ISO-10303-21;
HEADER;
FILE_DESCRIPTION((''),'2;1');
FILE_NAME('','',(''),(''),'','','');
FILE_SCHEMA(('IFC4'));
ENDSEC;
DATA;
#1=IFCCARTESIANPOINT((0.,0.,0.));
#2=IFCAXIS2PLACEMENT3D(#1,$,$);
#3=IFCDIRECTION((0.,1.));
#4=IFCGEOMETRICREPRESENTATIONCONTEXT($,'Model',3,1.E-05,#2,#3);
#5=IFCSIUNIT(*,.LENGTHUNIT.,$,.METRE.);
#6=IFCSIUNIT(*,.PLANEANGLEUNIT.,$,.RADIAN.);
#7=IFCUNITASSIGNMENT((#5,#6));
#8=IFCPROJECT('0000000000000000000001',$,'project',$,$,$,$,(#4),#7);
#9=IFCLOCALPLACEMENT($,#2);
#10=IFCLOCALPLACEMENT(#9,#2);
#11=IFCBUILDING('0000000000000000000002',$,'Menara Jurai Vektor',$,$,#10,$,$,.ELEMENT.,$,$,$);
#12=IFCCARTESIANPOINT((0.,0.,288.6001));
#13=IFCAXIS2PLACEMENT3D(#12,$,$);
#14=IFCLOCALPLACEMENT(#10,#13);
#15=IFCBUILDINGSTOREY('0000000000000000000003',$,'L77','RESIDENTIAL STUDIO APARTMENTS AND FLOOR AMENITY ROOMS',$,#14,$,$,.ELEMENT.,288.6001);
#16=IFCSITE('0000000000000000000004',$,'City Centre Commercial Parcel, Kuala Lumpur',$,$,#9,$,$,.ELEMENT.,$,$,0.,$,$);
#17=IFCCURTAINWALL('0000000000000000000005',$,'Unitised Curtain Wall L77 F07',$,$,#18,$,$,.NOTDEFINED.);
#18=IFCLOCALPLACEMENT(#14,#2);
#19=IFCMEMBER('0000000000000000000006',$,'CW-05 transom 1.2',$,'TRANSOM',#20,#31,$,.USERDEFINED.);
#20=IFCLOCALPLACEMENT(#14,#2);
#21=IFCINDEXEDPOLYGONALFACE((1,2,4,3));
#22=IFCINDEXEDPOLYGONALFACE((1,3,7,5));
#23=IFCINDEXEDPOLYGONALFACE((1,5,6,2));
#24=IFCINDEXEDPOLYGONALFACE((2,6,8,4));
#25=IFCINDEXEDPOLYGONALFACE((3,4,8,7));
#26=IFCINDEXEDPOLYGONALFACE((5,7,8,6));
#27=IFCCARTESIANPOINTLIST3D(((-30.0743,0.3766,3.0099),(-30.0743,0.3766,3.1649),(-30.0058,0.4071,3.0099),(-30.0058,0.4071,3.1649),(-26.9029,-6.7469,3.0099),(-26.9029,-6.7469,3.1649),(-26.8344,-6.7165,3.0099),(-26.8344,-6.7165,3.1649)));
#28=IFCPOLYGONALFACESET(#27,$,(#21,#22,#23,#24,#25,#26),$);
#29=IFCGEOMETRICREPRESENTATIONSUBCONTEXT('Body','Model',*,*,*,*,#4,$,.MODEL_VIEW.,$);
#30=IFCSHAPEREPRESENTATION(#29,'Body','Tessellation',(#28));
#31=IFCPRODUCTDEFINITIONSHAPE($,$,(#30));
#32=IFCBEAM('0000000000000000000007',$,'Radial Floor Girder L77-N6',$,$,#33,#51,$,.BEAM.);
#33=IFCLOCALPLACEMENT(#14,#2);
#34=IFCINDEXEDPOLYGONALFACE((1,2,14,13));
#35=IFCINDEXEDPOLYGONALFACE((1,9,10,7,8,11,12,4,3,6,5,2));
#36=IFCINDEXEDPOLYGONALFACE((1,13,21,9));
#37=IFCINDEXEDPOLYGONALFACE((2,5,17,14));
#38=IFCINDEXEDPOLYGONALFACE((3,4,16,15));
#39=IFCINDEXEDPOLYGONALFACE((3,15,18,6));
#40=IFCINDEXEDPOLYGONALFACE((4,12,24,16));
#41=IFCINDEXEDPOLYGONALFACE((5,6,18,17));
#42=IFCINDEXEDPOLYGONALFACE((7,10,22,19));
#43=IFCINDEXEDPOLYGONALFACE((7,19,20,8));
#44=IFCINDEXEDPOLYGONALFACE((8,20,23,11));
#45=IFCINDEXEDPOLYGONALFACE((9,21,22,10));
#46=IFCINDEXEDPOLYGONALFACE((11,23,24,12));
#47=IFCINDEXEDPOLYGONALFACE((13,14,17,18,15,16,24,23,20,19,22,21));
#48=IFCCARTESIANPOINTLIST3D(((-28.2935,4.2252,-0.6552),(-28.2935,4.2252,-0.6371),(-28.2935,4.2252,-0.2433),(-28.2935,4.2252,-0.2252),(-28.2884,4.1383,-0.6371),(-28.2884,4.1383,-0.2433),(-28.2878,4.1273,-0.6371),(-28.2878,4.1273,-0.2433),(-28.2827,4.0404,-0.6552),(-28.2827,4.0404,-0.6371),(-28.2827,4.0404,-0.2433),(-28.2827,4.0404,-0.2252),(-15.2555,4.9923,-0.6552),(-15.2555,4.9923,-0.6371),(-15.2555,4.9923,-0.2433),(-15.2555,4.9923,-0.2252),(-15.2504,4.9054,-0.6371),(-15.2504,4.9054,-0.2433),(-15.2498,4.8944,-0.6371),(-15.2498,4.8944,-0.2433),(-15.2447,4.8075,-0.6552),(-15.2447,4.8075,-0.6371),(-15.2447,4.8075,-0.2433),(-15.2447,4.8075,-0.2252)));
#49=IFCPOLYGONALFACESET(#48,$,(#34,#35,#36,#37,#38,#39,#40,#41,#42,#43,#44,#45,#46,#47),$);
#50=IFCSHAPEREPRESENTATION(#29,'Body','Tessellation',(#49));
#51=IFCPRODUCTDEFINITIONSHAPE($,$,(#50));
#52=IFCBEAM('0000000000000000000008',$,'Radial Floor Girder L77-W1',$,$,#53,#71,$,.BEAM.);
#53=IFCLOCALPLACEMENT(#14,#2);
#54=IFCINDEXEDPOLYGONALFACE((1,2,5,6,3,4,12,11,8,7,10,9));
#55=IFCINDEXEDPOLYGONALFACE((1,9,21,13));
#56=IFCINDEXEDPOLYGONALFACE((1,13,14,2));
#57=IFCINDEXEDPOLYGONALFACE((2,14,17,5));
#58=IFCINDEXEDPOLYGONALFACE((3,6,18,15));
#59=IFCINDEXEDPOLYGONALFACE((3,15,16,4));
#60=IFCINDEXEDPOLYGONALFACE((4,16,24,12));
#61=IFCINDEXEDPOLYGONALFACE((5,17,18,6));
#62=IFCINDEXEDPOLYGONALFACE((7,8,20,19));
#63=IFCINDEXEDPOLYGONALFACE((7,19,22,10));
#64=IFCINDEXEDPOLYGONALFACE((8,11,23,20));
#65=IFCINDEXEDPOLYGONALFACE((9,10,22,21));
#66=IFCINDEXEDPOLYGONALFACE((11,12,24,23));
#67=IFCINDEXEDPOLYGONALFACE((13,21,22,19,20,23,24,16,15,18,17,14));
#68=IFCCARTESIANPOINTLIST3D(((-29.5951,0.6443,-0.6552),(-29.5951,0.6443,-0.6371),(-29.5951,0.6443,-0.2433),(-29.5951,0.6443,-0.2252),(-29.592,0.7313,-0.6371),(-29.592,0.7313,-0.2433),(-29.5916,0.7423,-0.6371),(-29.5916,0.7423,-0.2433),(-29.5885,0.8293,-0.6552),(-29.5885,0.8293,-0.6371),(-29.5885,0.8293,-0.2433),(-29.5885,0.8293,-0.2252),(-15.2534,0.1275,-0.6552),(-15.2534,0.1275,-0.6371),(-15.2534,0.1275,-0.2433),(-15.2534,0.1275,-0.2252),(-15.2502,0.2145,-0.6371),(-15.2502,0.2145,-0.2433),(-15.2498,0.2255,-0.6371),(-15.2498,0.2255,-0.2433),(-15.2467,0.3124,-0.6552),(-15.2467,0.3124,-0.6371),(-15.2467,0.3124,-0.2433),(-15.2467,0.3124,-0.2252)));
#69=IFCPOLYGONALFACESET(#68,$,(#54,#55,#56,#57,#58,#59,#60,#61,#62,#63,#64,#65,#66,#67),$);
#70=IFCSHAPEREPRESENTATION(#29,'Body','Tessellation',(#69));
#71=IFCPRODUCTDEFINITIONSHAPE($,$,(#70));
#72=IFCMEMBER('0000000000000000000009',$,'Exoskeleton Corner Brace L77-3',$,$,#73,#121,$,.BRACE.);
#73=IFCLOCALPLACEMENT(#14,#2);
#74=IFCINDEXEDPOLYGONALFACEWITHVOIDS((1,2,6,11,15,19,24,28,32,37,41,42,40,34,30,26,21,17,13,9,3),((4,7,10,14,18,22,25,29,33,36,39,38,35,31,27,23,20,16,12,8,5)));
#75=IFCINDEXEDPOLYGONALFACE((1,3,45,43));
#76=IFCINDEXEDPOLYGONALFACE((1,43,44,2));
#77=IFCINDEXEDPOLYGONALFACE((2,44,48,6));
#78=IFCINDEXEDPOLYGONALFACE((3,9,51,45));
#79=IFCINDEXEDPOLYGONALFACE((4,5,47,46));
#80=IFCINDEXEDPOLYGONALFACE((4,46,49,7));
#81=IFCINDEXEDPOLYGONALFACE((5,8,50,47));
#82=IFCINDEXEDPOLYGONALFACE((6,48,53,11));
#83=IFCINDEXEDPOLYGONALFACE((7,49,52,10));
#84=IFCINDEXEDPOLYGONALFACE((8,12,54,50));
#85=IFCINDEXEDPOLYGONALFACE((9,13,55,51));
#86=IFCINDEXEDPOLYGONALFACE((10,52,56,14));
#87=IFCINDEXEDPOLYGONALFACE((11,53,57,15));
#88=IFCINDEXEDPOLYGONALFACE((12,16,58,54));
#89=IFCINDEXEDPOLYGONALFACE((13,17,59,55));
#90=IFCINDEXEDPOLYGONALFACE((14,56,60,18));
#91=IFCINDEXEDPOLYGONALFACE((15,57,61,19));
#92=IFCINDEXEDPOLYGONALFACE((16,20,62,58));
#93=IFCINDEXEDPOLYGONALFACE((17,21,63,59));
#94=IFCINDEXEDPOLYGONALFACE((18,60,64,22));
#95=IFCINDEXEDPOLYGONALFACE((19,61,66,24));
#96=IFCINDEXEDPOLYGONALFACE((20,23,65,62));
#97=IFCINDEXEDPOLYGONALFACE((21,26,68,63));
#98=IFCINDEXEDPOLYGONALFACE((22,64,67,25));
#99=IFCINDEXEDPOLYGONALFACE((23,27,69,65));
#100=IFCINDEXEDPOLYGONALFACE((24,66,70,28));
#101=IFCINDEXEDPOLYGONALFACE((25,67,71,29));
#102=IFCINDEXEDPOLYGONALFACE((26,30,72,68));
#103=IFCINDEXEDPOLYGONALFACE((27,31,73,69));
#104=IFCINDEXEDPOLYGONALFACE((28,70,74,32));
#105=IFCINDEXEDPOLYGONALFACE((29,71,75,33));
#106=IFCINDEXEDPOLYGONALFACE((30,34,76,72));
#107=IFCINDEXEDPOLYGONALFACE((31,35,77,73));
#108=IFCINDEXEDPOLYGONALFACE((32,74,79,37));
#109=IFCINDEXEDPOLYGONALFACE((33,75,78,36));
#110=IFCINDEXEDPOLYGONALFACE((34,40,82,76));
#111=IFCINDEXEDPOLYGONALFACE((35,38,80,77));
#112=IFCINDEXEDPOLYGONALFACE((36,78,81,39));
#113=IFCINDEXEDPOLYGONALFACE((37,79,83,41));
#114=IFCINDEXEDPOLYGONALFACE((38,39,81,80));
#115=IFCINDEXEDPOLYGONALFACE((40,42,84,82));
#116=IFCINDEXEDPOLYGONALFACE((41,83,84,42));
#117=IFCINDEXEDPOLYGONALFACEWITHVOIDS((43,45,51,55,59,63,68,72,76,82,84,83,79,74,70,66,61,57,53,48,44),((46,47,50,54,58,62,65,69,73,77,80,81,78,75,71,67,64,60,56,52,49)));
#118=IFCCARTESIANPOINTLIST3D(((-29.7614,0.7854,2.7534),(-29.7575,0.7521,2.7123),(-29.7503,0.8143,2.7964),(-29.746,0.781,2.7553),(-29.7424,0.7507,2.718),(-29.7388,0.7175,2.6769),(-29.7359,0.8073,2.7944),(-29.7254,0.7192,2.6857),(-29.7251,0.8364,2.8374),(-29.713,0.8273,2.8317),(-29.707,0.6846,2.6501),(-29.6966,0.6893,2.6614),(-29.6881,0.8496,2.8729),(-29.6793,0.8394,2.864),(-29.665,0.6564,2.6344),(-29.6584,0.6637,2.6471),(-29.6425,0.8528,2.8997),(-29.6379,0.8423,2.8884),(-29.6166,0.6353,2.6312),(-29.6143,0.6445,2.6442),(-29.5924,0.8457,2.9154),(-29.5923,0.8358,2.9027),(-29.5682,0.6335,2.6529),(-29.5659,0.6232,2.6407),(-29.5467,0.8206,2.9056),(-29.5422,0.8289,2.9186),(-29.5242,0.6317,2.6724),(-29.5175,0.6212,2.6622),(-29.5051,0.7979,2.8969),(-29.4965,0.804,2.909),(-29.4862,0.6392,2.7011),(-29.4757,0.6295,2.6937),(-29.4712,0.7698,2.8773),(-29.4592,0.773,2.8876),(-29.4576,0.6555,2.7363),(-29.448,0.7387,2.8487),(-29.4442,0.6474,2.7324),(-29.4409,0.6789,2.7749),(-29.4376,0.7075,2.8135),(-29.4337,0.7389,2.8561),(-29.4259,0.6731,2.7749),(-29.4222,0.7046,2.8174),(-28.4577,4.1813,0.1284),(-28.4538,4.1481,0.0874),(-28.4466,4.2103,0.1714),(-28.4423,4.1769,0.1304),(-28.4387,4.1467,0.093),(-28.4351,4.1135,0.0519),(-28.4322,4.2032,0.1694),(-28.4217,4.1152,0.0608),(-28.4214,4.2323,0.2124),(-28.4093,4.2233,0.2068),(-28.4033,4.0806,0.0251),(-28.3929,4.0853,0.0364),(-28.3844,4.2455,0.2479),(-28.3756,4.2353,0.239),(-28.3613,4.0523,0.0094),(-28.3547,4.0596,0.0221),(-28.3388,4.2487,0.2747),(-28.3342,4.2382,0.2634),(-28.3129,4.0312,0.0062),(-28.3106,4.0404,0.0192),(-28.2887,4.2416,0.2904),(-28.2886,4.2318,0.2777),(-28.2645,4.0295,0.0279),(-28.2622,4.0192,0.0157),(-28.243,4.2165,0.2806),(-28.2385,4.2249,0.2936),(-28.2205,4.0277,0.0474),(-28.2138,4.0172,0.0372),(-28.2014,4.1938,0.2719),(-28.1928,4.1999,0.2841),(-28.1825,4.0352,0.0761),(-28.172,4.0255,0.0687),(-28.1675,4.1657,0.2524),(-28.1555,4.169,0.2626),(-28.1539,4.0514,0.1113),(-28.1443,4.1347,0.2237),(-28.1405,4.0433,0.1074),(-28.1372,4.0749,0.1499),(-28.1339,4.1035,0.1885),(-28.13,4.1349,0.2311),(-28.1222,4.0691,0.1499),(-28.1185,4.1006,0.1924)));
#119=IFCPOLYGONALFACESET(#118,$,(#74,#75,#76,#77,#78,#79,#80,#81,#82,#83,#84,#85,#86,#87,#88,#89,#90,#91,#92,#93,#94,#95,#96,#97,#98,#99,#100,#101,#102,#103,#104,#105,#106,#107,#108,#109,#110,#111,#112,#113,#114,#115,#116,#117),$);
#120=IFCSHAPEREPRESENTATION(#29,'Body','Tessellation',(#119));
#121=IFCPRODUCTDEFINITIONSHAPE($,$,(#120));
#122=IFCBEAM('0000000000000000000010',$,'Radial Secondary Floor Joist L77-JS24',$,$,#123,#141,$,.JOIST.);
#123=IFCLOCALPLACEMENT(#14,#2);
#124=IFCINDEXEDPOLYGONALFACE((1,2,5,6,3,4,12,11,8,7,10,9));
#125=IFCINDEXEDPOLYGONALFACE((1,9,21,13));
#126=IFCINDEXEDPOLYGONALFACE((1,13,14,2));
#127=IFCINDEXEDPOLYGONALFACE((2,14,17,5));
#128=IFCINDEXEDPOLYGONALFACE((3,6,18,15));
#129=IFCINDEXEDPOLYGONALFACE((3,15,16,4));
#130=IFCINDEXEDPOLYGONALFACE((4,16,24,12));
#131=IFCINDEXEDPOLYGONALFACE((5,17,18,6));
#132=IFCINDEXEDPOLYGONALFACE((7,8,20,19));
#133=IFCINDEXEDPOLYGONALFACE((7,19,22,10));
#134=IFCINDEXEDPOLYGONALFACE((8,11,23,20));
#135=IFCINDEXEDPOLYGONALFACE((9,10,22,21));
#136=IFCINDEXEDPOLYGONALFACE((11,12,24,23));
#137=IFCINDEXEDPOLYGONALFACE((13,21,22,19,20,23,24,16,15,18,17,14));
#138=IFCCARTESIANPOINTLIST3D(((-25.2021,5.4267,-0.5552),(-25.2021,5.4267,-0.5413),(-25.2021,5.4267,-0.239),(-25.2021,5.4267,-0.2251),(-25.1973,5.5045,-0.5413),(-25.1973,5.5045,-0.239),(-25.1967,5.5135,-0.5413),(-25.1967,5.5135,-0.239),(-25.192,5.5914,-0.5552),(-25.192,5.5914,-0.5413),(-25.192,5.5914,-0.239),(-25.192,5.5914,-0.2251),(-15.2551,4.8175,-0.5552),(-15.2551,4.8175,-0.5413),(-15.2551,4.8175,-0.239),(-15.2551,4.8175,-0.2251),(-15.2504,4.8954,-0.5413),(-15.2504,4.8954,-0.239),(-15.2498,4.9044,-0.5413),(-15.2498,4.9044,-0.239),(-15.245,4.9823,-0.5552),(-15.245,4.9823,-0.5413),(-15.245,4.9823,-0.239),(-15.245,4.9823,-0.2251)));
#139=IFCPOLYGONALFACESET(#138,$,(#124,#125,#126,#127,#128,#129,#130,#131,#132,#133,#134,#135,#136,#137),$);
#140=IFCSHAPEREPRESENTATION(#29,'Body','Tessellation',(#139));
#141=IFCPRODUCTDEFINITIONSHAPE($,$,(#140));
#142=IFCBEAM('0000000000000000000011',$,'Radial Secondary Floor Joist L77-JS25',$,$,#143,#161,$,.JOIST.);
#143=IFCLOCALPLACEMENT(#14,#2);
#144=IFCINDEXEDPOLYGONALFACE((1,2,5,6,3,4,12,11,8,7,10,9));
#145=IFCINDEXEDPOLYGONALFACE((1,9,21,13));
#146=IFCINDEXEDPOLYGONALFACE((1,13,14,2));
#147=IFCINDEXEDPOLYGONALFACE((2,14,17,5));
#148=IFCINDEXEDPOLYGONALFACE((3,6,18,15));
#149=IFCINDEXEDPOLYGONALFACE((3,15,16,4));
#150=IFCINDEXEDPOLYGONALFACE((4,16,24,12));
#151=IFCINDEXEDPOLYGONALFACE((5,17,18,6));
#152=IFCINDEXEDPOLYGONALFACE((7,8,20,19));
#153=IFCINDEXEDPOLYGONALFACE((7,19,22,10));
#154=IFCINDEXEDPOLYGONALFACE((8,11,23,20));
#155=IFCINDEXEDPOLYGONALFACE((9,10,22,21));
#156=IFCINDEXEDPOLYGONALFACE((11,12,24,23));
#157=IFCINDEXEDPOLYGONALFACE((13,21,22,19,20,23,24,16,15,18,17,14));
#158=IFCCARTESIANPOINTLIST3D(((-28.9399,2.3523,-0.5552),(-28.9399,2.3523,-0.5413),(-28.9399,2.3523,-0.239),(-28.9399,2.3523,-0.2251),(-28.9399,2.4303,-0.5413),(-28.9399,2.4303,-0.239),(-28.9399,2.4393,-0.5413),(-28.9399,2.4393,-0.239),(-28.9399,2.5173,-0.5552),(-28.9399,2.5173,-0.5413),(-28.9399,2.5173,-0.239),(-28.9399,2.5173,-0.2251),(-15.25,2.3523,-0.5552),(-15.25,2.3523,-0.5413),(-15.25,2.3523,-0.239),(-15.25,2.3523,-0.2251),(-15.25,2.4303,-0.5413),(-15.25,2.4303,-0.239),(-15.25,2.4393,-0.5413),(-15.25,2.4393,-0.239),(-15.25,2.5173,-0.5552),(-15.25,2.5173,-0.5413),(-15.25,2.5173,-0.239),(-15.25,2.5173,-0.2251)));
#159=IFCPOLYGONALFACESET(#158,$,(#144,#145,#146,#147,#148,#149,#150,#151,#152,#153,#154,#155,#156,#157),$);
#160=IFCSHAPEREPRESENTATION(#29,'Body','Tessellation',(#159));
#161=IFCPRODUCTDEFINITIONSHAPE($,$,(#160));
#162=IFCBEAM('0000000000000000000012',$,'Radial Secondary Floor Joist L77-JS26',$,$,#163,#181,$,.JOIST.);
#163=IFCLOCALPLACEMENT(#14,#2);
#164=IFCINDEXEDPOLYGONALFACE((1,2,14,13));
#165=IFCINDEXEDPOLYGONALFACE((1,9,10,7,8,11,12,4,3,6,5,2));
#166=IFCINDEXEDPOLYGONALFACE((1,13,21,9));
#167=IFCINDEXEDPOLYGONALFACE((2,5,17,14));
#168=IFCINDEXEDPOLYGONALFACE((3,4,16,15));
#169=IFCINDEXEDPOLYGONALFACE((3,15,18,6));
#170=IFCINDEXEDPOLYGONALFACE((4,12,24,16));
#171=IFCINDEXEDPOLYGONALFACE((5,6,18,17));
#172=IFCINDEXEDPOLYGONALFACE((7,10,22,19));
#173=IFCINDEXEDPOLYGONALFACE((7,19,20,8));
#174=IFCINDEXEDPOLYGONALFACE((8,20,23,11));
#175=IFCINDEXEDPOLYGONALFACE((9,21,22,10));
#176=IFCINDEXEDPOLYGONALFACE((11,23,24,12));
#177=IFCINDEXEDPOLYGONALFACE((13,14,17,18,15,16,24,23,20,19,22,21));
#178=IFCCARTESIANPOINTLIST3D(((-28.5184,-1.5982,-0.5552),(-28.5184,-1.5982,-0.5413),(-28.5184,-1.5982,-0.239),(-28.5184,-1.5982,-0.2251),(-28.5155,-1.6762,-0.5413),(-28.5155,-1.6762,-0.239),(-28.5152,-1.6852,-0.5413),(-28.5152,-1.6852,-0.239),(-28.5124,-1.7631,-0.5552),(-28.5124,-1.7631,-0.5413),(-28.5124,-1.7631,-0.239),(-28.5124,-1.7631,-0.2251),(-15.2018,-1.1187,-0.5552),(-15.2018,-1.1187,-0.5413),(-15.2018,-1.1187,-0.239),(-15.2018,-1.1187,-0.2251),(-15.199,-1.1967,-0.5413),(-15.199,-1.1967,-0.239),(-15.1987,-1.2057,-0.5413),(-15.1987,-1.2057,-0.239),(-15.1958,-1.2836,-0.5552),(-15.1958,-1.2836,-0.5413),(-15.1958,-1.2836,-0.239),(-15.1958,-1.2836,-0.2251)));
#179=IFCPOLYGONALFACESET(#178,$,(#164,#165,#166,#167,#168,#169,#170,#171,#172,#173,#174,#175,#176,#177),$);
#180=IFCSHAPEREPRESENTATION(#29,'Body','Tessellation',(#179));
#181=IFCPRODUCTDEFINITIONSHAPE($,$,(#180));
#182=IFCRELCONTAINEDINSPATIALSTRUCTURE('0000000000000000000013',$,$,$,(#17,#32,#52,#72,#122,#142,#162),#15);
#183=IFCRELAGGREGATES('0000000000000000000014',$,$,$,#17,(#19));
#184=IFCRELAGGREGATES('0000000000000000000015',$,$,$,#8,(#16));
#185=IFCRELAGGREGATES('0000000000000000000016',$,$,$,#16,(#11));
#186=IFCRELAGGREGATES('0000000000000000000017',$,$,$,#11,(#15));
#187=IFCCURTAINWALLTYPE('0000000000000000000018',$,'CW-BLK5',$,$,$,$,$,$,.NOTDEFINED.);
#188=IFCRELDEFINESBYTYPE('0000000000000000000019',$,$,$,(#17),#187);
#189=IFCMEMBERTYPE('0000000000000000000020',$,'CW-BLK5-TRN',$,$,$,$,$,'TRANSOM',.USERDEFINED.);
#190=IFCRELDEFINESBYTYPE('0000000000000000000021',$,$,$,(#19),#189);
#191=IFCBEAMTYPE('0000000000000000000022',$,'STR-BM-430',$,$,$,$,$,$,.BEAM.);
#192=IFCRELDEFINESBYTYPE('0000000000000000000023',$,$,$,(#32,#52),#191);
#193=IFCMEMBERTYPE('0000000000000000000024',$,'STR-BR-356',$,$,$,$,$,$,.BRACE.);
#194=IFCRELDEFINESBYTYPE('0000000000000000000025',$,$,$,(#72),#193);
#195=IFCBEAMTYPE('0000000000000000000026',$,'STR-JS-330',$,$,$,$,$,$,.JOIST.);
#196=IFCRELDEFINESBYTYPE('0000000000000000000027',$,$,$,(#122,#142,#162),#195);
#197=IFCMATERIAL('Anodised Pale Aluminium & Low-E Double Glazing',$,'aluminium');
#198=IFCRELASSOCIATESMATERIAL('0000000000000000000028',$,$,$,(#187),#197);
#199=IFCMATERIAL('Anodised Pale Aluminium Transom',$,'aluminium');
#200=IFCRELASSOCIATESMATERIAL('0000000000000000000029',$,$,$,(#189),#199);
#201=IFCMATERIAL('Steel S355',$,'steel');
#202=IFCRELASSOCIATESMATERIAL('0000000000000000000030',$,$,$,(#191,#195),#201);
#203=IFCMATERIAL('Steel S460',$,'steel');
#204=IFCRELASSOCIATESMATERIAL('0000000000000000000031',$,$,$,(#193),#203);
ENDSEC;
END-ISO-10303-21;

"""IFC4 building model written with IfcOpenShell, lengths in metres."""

from ifc_helpers import new_model, si_unit, direction, frame, origin, origin_2d, place, context, subcontext, project, spatial, rectangle, hollow_circle, i_section, extrude, material, material_profile, profile_set, type_object, element, aggregate, save


model = new_model("IFC4")

# Units and contexts
model_context = context("Model", 3, precision=1e-05, world=origin(), true_north=direction((0.0, 1.0)))
body_context = subcontext(model_context, "Body", "Model", "MODEL_VIEW")
ifc_project = project(units=[si_unit("LENGTHUNIT", "METRE"), si_unit("PLANEANGLEUNIT", "RADIAN")], contexts=[model_context])

# Site, building, storey
site_placement = place(None, origin())
site = spatial("IfcSite", under=ifc_project, at=site_placement, Name="City Centre Commercial Parcel, Kuala Lumpur", CompositionType="ELEMENT", RefElevation=0.0)
building_placement = place(site_placement, origin())
building = spatial("IfcBuilding", under=site, at=building_placement, Name="Menara Jurai Vektor", CompositionType="ELEMENT")
storey_placement = place(building_placement, frame((0.0, 0.0, 288.6001)))
storey = spatial("IfcBuildingStorey", under=building, at=storey_placement, Name="L77", Description="RESIDENTIAL STUDIO APARTMENTS AND FLOOR AMENITY ROOMS", CompositionType="ELEMENT", Elevation=288.6001)

# Shared definitions
ifc_material_1 = material(Name="Steel S460", Category="steel")

# Shared definitions
ifc_material_2 = material(Name="Anodised Pale Aluminium & Low-E Double Glazing", Category="aluminium")
curtain_wall_type = type_object("IfcCurtainWallType", Name="CW-BLK5", PredefinedType="NOTDEFINED", material=ifc_material_2)

# Curtain wall
curtain_wall_1_placement = place(storey_placement, origin())
curtain_wall_1 = element("IfcCurtainWall", 1, at=curtain_wall_1_placement, inside=storey, type_object=curtain_wall_type, Name="Unitised Curtain Wall L77 F07", PredefinedType="NOTDEFINED")

# Member
ifc_material_3 = material(Name="Anodised Pale Aluminium Transom", Category="aluminium")
ifc_material_profile_1 = material_profile(ifc_material_3, rectangle(XDim=0.075, YDim=0.155, at=origin_2d()), Name="ALU TRN 75x155")
ifc_profile_set_1 = profile_set([ifc_material_profile_1], Name="Anodised Pale Aluminium Transom")
member_type_1 = type_object("IfcMemberType", Name="CW-BLK5-TRN", ElementType="TRANSOM", PredefinedType="USERDEFINED", material=ifc_profile_set_1)
member_1_placement = place(storey_placement, frame((-30.04, 0.3918, 3.0874), z_axis=(0.406714, -0.913556, 0.0), x_axis=(0.913556, 0.406714, 0.0)))
member_1 = element("IfcMember", 2, at=member_1_placement, type_object=member_type_1, Name="CW-05 transom 1.2", ObjectType="TRANSOM", PredefinedType="USERDEFINED", context=body_context, shape_type="SweptSolid", body=[
    extrude(rectangle(XDim=0.075, YDim=0.155, at=origin_2d()), origin(), (0.0, 0.0, 1.0), 7.7976),
])

# Beams
ifc_material_4 = material(Name="Steel S355", Category="steel")
ifc_material_profile_2 = material_profile(ifc_material_4, i_section(OverallWidth=0.1851, OverallDepth=0.4299, WebThickness=0.011, FlangeThickness=0.0181, at=origin_2d()), Name="PG 430x185x76")
ifc_profile_set_2 = profile_set([ifc_material_profile_2], Name="Steel S355")
beam_type_1 = type_object("IfcBeamType", Name="STR-BM-430", PredefinedType="BEAM", material=ifc_profile_set_2)
beam_1_placement = place(storey_placement, frame((-28.2881, 4.1328, -0.4402), z_axis=(0.998274, 0.058733, 0.0), x_axis=(-0.058733, 0.998274, 0.0)))
element("IfcBeam", 3, at=beam_1_placement, inside=storey, type_object=beam_type_1, Name="Radial Floor Girder L77-N6", PredefinedType="BEAM", context=body_context, shape_type="SweptSolid", body=[
    extrude(i_section(OverallWidth=0.1851, OverallDepth=0.4299, WebThickness=0.011, FlangeThickness=0.0181, at=origin_2d()), origin(), (0.0, 0.0, 1.0), 13.0605),
])
beam_2_placement = place(storey_placement, frame((-29.5918, 0.7368, -0.4402), z_axis=(0.999351, -0.036014, 0.0), x_axis=(0.036014, 0.999351, 0.0)))
element("IfcBeam", 4, at=beam_2_placement, inside=storey, type_object=beam_type_1, Name="Radial Floor Girder L77-W1", PredefinedType="BEAM", context=body_context, shape_type="SweptSolid", body=[
    extrude(i_section(OverallWidth=0.1851, OverallDepth=0.4299, WebThickness=0.011, FlangeThickness=0.0181, at=origin_2d()), origin(), (0.0, 0.0, 1.0), 14.3511),
])

# Member
ifc_material_profile_3 = material_profile(ifc_material_1, hollow_circle(Radius=0.1777, WallThickness=0.0161, at=origin_2d()), Name="CHS 355.6x16")
ifc_profile_set_3 = profile_set([ifc_material_profile_3], Name="Steel S460")
member_type_2 = type_object("IfcMemberType", Name="STR-BR-356", PredefinedType="BRACE", material=ifc_profile_set_3)
member_2_placement = place(storey_placement, frame((-28.2881, 4.1328, 0.1499), z_axis=(-0.290626, -0.757042, 0.58517), x_axis=(0.93357, -0.358394, 0.0)))
element("IfcMember", 5, at=member_2_placement, inside=storey, type_object=member_type_2, Name="Exoskeleton Corner Brace L77-3", PredefinedType="BRACE", context=body_context, shape_type="SweptSolid", body=[
    extrude(hollow_circle(Radius=0.1777, WallThickness=0.0161, at=origin_2d()), origin(), (0.0, 0.0, 1.0), 4.4858),
])

# Beams
ifc_material_profile_4 = material_profile(ifc_material_4, i_section(OverallWidth=0.165, OverallDepth=0.3301, WebThickness=0.009, FlangeThickness=0.0139, at=origin_2d()), Name="PG 330x165x46")
ifc_profile_set_4 = profile_set([ifc_material_profile_4], Name="Steel S355")
beam_type_2 = type_object("IfcBeamType", Name="STR-JS-330", PredefinedType="JOIST", material=ifc_profile_set_4)
beam_3_placement = place(storey_placement, frame((-25.197, 5.509, -0.3901), z_axis=(0.99813, -0.061123, 0.0), x_axis=(0.061123, 0.99813, 0.0)))
element("IfcBeam", 6, at=beam_3_placement, inside=storey, type_object=beam_type_2, Name="Radial Secondary Floor Joist L77-JS24", PredefinedType="JOIST", context=body_context, shape_type="SweptSolid", body=[
    extrude(i_section(OverallWidth=0.165, OverallDepth=0.3301, WebThickness=0.009, FlangeThickness=0.0139, at=origin_2d()), origin(), (0.0, 0.0, 1.0), 9.9656),
])
beam_4_placement = place(storey_placement, frame((-28.9399, 2.4348, -0.3901), z_axis=(1.0, 0.0, 0.0), x_axis=(0.0, 1.0, 0.0)))
element("IfcBeam", 7, at=beam_4_placement, inside=storey, type_object=beam_type_2, Name="Radial Secondary Floor Joist L77-JS25", PredefinedType="JOIST", context=body_context, shape_type="SweptSolid", body=[
    extrude(i_section(OverallWidth=0.165, OverallDepth=0.3301, WebThickness=0.009, FlangeThickness=0.0139, at=origin_2d()), origin(), (0.0, 0.0, 1.0), 13.6899),
])
beam_5_placement = place(storey_placement, frame((-28.5154, -1.6807, -0.3901), z_axis=(0.999352, 0.035984, 0.0), x_axis=(-0.035984, 0.999352, 0.0)))
element("IfcBeam", 8, at=beam_5_placement, inside=storey, type_object=beam_type_2, Name="Radial Secondary Floor Joist L77-JS26", PredefinedType="JOIST", context=body_context, shape_type="SweptSolid", body=[
    extrude(i_section(OverallWidth=0.165, OverallDepth=0.3301, WebThickness=0.009, FlangeThickness=0.0139, at=origin_2d()), origin(), (0.0, 0.0, 1.0), 13.3252),
])

aggregate(curtain_wall_1, [member_1])

save(model, "model.ifc")
